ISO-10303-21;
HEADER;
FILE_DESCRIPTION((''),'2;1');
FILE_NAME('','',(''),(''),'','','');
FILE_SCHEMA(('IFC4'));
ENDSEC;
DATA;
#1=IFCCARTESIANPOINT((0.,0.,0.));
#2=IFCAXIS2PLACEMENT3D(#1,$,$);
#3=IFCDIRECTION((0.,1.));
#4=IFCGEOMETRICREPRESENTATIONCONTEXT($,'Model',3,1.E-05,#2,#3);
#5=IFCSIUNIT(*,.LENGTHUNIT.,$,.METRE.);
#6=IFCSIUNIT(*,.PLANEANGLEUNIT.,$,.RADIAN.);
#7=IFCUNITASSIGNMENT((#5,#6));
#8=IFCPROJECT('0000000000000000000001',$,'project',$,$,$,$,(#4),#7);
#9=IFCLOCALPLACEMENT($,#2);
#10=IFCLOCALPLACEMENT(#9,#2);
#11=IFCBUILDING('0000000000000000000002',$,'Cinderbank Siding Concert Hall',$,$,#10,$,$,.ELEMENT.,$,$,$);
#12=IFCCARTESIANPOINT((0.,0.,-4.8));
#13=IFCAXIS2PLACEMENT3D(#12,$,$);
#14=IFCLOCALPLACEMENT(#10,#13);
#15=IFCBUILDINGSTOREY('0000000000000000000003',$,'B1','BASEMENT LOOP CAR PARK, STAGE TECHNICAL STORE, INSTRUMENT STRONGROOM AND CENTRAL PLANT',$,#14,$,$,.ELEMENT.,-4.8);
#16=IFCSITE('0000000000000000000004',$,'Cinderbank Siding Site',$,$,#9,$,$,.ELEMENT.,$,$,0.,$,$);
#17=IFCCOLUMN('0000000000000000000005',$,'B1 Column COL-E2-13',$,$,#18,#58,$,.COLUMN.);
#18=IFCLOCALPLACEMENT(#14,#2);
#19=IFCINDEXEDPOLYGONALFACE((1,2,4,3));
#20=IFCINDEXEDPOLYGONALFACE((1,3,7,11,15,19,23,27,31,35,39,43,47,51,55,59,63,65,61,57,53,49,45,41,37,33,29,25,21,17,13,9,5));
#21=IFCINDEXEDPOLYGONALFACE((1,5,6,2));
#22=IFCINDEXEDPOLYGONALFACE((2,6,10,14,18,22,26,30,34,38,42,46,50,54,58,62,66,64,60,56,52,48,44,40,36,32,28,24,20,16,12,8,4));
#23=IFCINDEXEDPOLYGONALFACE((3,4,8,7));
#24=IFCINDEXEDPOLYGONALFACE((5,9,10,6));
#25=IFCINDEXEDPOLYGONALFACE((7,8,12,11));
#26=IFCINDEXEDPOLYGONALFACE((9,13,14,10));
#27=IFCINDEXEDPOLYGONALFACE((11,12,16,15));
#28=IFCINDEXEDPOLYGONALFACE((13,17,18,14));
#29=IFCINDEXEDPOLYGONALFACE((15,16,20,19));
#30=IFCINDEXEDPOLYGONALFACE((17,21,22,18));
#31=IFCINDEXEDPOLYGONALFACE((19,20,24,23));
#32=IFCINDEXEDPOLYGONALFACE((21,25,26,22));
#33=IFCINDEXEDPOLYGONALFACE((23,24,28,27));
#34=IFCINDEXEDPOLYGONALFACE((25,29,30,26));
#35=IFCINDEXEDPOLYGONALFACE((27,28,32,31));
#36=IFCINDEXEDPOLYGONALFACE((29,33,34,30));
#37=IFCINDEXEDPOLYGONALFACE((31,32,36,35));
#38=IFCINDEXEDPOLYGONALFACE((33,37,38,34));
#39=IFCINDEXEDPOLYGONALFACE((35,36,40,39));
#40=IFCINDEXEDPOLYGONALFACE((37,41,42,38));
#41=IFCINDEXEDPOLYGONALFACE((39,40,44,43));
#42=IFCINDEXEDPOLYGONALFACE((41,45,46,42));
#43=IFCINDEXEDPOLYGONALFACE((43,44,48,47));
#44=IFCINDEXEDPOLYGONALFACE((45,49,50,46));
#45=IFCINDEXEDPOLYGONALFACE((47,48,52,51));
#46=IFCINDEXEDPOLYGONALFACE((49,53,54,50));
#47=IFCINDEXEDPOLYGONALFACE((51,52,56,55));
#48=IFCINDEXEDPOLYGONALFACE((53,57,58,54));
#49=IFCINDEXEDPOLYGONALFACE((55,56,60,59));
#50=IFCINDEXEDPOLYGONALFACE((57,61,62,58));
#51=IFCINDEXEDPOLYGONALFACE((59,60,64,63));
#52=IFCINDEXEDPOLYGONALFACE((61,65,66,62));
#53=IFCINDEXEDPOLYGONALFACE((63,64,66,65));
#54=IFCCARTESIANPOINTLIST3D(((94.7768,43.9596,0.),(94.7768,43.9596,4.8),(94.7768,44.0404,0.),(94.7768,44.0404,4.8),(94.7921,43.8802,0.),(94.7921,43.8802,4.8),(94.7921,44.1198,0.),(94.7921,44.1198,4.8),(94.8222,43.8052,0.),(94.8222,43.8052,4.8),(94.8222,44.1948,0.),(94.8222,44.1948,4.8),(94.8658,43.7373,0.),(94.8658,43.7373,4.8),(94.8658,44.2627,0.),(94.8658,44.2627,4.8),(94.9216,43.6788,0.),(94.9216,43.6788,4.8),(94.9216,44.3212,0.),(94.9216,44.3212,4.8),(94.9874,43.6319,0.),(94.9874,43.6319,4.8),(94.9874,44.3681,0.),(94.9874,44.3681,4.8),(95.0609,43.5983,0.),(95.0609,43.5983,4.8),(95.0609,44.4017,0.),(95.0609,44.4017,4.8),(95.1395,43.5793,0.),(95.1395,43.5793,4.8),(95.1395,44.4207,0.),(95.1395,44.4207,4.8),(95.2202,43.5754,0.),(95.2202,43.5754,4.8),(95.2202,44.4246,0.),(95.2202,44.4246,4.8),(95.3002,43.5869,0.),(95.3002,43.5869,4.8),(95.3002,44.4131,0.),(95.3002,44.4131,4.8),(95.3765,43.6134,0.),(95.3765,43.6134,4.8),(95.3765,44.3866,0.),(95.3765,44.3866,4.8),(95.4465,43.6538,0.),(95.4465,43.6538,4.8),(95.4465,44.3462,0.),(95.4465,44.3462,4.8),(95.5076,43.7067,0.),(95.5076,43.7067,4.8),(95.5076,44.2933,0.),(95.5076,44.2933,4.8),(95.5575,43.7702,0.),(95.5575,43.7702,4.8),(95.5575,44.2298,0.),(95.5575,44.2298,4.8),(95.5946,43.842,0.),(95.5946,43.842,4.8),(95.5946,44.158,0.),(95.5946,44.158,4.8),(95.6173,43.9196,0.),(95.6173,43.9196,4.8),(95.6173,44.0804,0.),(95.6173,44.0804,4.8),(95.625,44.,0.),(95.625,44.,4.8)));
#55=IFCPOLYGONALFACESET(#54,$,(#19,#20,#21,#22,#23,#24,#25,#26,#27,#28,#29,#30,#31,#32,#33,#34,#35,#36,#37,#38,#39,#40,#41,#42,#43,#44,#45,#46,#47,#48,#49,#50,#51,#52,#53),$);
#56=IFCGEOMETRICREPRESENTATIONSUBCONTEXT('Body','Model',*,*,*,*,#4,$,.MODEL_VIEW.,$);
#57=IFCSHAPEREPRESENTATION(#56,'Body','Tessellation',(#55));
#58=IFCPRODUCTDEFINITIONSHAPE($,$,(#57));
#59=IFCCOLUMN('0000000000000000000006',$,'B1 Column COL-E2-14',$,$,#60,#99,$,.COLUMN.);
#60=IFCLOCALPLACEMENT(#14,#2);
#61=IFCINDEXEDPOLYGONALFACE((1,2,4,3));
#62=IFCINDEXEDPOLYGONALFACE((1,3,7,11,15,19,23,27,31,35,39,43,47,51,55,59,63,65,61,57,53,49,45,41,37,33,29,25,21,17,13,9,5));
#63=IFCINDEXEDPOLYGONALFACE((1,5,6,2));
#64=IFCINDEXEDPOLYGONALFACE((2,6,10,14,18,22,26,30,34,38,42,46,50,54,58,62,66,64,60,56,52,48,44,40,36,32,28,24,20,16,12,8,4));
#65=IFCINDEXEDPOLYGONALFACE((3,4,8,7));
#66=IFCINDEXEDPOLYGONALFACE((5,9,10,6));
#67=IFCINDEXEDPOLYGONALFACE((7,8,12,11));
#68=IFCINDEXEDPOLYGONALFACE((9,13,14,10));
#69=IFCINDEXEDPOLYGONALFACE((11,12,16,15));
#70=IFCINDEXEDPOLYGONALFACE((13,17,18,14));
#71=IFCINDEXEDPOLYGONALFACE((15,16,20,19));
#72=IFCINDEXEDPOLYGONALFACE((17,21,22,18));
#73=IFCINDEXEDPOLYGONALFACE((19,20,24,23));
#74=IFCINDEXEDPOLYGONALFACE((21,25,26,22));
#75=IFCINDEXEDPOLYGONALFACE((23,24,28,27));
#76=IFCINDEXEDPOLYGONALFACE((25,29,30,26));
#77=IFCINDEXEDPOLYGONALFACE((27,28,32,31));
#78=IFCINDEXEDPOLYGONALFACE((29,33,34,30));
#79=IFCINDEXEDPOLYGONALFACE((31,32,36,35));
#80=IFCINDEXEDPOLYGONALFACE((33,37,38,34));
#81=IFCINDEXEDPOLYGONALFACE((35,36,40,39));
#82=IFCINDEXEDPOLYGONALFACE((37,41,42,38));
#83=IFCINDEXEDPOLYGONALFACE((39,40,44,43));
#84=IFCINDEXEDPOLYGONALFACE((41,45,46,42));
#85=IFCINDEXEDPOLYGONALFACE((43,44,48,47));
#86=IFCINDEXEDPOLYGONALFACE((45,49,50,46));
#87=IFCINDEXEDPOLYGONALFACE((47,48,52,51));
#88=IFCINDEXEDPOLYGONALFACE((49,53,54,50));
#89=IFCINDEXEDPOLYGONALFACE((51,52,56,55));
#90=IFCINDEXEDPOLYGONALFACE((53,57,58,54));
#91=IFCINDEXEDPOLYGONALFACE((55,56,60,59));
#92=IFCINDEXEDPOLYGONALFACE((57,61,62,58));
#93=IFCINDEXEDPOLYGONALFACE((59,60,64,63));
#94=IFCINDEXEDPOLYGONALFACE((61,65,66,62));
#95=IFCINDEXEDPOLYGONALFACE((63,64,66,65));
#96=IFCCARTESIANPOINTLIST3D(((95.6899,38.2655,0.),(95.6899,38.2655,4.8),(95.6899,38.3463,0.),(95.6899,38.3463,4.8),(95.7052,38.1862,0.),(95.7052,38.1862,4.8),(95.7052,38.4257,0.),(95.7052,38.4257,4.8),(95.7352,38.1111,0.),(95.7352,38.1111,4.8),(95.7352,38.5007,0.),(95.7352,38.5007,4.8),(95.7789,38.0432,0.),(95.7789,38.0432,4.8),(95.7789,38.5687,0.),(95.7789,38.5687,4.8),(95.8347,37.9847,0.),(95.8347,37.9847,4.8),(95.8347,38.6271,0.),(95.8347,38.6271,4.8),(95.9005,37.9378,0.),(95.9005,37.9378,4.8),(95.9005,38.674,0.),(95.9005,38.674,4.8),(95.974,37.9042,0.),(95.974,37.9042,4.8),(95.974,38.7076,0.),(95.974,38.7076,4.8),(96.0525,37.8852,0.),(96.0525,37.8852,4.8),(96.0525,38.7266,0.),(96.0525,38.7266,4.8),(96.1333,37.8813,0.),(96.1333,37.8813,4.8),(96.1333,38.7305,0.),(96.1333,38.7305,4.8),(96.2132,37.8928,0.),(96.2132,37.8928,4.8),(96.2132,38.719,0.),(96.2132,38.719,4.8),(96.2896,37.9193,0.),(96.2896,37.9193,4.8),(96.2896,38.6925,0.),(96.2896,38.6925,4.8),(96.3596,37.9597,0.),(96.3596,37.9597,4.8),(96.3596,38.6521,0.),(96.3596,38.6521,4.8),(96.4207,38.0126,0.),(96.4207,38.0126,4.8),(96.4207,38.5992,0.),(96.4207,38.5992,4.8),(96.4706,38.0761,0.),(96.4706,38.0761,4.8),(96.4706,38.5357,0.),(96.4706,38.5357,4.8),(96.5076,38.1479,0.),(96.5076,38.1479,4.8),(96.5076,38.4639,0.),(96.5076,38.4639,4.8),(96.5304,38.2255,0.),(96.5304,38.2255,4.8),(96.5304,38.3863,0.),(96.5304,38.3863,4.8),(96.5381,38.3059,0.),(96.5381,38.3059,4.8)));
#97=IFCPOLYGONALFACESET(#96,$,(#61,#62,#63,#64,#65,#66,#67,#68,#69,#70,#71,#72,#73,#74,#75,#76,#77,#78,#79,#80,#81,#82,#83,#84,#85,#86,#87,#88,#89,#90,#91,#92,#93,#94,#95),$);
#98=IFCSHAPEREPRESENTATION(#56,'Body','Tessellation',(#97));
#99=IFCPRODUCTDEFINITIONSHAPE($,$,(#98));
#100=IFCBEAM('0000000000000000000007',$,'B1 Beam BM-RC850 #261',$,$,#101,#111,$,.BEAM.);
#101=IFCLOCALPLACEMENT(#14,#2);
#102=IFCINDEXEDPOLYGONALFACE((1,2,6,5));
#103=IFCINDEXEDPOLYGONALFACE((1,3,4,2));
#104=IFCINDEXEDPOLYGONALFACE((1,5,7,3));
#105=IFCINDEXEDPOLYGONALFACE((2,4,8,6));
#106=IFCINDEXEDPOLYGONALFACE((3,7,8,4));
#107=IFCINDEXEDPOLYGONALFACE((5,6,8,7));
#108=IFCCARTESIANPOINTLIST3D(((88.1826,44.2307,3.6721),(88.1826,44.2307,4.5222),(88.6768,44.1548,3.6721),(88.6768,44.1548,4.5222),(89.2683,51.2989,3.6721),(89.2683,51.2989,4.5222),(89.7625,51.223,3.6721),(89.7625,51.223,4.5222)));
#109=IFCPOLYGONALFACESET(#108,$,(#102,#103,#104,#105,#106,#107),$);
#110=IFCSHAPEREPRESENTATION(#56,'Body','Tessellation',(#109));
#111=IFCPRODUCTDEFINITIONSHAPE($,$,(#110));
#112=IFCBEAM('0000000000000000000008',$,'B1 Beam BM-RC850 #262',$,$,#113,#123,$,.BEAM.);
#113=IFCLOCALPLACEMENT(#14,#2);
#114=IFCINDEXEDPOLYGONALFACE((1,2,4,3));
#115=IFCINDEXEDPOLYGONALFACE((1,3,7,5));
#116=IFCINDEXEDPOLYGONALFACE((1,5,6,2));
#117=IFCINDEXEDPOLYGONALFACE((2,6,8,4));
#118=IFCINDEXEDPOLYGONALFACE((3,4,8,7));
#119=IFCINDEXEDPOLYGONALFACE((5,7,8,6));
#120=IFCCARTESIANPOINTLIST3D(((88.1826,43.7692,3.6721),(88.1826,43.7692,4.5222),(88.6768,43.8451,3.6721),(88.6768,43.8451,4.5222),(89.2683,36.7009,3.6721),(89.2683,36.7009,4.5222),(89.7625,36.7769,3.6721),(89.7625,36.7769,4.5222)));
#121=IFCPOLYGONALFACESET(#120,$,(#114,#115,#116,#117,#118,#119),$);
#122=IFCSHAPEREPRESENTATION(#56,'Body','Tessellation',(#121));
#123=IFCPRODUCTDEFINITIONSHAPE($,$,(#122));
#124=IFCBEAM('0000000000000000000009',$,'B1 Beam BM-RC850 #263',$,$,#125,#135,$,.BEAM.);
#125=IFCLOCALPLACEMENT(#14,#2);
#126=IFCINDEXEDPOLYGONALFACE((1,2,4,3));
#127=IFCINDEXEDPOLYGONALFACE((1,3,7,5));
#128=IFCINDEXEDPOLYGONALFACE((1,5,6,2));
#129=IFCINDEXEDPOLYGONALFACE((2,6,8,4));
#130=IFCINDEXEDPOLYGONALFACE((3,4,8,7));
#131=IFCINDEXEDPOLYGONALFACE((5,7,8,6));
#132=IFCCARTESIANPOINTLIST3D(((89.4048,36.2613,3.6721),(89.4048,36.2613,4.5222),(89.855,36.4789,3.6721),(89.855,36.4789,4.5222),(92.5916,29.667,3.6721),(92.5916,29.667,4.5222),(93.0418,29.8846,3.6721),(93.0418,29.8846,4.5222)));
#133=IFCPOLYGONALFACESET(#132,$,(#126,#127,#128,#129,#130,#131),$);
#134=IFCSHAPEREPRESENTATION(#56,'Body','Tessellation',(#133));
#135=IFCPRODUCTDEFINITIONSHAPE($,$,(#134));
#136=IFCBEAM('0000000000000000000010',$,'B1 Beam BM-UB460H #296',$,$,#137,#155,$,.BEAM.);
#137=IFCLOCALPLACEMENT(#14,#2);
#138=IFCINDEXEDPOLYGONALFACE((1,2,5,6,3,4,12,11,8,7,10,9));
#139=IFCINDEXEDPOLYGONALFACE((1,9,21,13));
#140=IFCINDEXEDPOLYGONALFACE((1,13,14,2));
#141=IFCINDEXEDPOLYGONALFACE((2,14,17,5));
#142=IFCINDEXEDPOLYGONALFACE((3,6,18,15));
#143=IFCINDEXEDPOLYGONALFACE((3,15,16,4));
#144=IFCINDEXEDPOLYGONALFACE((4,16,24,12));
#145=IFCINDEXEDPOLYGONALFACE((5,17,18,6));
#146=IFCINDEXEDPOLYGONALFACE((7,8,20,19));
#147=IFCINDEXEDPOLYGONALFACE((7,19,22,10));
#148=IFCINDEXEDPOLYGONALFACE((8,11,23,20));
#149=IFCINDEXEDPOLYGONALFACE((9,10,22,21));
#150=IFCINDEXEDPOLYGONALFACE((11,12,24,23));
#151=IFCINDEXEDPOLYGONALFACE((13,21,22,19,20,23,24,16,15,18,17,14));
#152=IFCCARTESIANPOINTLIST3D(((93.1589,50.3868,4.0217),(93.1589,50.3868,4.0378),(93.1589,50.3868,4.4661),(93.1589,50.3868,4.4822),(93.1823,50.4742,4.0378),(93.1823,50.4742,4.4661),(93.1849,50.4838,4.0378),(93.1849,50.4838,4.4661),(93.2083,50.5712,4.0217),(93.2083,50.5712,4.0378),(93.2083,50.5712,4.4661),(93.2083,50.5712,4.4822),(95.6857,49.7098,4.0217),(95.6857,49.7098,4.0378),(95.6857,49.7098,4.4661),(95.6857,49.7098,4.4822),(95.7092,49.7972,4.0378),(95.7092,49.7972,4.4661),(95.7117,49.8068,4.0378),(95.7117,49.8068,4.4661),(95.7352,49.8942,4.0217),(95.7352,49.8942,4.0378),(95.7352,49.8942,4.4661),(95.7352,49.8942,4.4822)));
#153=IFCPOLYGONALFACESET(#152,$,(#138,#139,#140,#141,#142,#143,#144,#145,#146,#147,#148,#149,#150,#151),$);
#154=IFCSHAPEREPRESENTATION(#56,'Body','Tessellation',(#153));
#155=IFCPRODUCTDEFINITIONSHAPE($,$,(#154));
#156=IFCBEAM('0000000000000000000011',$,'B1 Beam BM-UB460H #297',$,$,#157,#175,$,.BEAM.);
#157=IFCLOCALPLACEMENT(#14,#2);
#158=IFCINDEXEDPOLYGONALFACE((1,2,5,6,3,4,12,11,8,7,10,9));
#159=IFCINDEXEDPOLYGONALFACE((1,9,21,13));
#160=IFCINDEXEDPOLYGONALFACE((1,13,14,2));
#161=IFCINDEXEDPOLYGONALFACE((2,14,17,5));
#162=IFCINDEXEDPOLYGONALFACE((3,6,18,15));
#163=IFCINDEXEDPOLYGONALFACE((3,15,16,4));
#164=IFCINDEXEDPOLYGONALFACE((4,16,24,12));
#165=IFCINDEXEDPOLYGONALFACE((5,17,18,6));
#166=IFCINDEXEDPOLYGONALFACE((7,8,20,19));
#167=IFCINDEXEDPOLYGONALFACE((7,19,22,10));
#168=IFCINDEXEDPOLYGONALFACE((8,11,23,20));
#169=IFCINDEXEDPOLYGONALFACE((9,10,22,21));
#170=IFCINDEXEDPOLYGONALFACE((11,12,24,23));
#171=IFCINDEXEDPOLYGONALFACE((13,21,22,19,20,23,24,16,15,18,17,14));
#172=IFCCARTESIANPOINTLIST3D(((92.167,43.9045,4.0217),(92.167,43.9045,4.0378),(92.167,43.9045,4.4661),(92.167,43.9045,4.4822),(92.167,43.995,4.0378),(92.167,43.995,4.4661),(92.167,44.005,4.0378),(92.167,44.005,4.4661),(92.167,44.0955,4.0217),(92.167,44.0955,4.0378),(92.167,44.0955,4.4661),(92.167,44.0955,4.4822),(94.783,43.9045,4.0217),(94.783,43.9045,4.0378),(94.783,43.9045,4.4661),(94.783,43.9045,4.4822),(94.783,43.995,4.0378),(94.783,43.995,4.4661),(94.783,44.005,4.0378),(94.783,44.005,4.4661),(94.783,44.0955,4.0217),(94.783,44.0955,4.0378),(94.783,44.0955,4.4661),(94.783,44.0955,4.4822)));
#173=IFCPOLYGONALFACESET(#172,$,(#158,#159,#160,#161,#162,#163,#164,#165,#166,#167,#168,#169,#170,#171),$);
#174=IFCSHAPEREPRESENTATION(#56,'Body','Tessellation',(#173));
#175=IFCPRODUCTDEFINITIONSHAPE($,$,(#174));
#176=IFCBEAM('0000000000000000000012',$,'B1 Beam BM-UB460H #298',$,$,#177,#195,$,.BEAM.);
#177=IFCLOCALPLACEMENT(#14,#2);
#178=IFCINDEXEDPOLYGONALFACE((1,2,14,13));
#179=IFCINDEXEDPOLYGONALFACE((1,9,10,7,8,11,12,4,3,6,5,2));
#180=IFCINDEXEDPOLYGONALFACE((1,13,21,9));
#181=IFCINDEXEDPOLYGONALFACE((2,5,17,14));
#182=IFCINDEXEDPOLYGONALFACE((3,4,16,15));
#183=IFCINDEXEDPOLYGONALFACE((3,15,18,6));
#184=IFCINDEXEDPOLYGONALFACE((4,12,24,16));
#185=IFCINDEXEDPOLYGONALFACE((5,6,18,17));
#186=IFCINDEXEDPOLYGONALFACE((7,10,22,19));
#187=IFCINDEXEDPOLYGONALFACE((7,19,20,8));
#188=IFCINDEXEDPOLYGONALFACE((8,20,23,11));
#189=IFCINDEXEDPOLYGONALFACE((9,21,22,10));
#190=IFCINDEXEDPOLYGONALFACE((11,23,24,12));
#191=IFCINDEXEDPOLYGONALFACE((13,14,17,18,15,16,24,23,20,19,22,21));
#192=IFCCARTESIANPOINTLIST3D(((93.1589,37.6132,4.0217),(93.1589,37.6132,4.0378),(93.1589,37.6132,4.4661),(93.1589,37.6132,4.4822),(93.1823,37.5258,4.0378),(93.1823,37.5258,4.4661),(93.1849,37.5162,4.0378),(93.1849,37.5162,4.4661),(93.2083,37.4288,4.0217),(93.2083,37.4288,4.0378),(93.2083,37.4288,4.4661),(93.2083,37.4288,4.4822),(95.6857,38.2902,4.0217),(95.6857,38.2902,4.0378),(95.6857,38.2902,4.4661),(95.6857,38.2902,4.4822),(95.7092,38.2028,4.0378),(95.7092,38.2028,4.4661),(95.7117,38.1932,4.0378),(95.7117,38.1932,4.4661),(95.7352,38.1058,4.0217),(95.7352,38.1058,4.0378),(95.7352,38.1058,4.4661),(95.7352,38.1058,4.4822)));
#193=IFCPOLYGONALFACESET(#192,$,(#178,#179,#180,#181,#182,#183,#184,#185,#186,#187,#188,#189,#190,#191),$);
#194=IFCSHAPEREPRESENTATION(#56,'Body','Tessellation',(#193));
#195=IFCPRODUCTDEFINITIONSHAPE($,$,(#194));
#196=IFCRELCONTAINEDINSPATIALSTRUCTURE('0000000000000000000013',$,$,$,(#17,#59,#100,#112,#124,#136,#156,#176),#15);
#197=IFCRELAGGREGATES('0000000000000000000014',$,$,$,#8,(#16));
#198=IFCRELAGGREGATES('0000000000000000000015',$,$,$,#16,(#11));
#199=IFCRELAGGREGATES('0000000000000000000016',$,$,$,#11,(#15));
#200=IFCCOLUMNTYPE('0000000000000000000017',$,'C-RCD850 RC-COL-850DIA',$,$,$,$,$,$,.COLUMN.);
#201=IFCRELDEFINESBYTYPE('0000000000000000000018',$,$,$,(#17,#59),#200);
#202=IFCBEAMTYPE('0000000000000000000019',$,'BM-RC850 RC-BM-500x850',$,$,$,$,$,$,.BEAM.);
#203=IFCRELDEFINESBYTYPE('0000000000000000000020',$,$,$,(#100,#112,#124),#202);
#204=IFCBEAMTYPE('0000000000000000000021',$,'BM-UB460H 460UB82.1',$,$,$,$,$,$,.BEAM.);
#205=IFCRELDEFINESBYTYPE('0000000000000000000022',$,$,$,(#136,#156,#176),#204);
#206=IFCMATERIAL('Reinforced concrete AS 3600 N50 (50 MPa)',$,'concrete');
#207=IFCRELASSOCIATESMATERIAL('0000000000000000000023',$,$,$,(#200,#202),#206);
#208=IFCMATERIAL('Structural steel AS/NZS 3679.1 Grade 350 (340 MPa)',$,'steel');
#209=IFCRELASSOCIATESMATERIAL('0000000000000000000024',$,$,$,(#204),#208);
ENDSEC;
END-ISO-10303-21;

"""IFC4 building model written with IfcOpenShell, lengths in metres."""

from ifc_helpers import new_model, si_unit, direction, frame, origin, origin_2d, place, context, subcontext, project, spatial, rectangle, circle, i_section, extrude, material, material_profile, profile_set, type_object, element, save


model = new_model("IFC4")

# Units and contexts
model_context = context("Model", 3, precision=1e-05, world=origin(), true_north=direction((0.0, 1.0)))
body_context = subcontext(model_context, "Body", "Model", "MODEL_VIEW")
ifc_project = project(units=[si_unit("LENGTHUNIT", "METRE"), si_unit("PLANEANGLEUNIT", "RADIAN")], contexts=[model_context])

# Site, building, storey
site_placement = place(None, origin())
site = spatial("IfcSite", under=ifc_project, at=site_placement, Name="Cinderbank Siding Site", CompositionType="ELEMENT", RefElevation=0.0)
building_placement = place(site_placement, origin())
building = spatial("IfcBuilding", under=site, at=building_placement, Name="Cinderbank Siding Concert Hall", CompositionType="ELEMENT")
storey_placement = place(building_placement, frame((0.0, 0.0, -4.8)))
storey = spatial("IfcBuildingStorey", under=building, at=storey_placement, Name="B1", Description="BASEMENT LOOP CAR PARK, STAGE TECHNICAL STORE, INSTRUMENT STRONGROOM AND CENTRAL PLANT", CompositionType="ELEMENT", Elevation=-4.8)

# Columns
ifc_material_1 = material(Name="Reinforced concrete AS 3600 N50 (50 MPa)", Category="concrete")
ifc_material_profile_1 = material_profile(ifc_material_1, circle(Radius=0.425, at=origin_2d()), Name="RC-COL-850DIA", Category="LoadBearing")
ifc_profile_set_1 = profile_set([ifc_material_profile_1], Name="Reinforced concrete AS 3600 N50 (50 MPa)")
column_type_1 = type_object("IfcColumnType", Name="C-RCD850 RC-COL-850DIA", PredefinedType="COLUMN", material=ifc_profile_set_1)
for number, where, z_axis, x_axis, name in (
    (1, (95.2, 44.0, 0.0), (0.0, 0.0, 1.0), (1.0, 0.0, 0.0), "B1 Column COL-E2-13"),
    (2, (96.113, 38.3059, 0.0), (0.0, 0.0, 1.0), (1.0, 0.0, 0.0), "B1 Column COL-E2-14"),
):
    element("IfcColumn", number, at=place(storey_placement, frame(where, z_axis=z_axis, x_axis=x_axis)), inside=storey, type_object=column_type_1, Name=name, PredefinedType="COLUMN", context=body_context, shape_type="SweptSolid", body=[
        extrude(circle(Radius=0.425, at=origin_2d()), origin(), (0.0, 0.0, 1.0), 4.8),
    ])

# Beams
ifc_material_profile_2 = material_profile(ifc_material_1, rectangle(XDim=0.5, YDim=0.8501, at=origin_2d()), Name="RC-BM-500x850", Category="LoadBearing")
ifc_profile_set_2 = profile_set([ifc_material_profile_2], Name="Reinforced concrete AS 3600 N50 (50 MPa)")
beam_type_1 = type_object("IfcBeamType", Name="BM-RC850 RC-BM-500x850", PredefinedType="BEAM", material=ifc_profile_set_2)
for number, where, z_axis, x_axis, name in (
    (3, (89.5154, 51.261, 4.0972), (-0.151824, -0.988408, 0.0), (0.988408, -0.151824, 0.0), "B1 Beam BM-RC850 #261"),
    (4, (88.4297, 43.8071, 4.0972), (0.151824, -0.988408, 0.0), (0.988408, 0.151824, 0.0), "B1 Beam BM-RC850 #262"),
):
    element("IfcBeam", number, at=place(storey_placement, frame(where, z_axis=z_axis, x_axis=x_axis)), inside=storey, type_object=beam_type_1, Name=name, PredefinedType="BEAM", context=body_context, shape_type="SweptSolid", body=[
        extrude(rectangle(XDim=0.5, YDim=0.8501, at=origin_2d()), origin(), (0.0, 0.0, 1.0), 7.1511),
    ])
beam_1_placement = place(storey_placement, frame((89.6299, 36.3701, 4.0972), z_axis=(0.435119, -0.900373, 0.0), x_axis=(0.900373, 0.435119, 0.0)))
element("IfcBeam", 5, at=beam_1_placement, inside=storey, type_object=beam_type_1, Name="B1 Beam BM-RC850 #263", PredefinedType="BEAM", context=body_context, shape_type="SweptSolid", body=[
    extrude(rectangle(XDim=0.5, YDim=0.8501, at=origin_2d()), origin(), (0.0, 0.0, 1.0), 7.324),
])
ifc_material_2 = material(Name="Structural steel AS/NZS 3679.1 Grade 350 (340 MPa)", Category="steel")
ifc_material_profile_3 = material_profile(ifc_material_2, i_section(OverallWidth=0.1909, OverallDepth=0.4604, WebThickness=0.01, FlangeThickness=0.0161, at=origin_2d()), Name="460UB82.1", Category="LoadBearing")
ifc_profile_set_3 = profile_set([ifc_material_profile_3], Name="Structural steel AS/NZS 3679.1 Grade 350 (340 MPa)")
beam_type_2 = type_object("IfcBeamType", Name="BM-UB460H 460UB82.1", PredefinedType="BEAM", material=ifc_profile_set_3)
for number, where, z_axis, x_axis, name in (
    (6, (95.7104, 49.802, 4.252), (-0.965932, 0.258795, 0.0), (-0.258795, -0.965932, 0.0), "B1 Beam BM-UB460H #296"),
    (7, (94.783, 44.0, 4.252), (-1.0, 0.0, 0.0), (0.0, -1.0, 0.0), "B1 Beam BM-UB460H #297"),
    (8, (95.7104, 38.198, 4.252), (-0.965932, -0.258795, 0.0), (0.258795, -0.965932, 0.0), "B1 Beam BM-UB460H #298"),
):
    element("IfcBeam", number, at=place(storey_placement, frame(where, z_axis=z_axis, x_axis=x_axis)), inside=storey, type_object=beam_type_2, Name=name, PredefinedType="BEAM", context=body_context, shape_type="SweptSolid", body=[
        extrude(i_section(OverallWidth=0.1909, OverallDepth=0.4604, WebThickness=0.01, FlangeThickness=0.0161, at=origin_2d()), origin(), (0.0, 0.0, 1.0), 2.616),
    ])

save(model, "model.ifc")
